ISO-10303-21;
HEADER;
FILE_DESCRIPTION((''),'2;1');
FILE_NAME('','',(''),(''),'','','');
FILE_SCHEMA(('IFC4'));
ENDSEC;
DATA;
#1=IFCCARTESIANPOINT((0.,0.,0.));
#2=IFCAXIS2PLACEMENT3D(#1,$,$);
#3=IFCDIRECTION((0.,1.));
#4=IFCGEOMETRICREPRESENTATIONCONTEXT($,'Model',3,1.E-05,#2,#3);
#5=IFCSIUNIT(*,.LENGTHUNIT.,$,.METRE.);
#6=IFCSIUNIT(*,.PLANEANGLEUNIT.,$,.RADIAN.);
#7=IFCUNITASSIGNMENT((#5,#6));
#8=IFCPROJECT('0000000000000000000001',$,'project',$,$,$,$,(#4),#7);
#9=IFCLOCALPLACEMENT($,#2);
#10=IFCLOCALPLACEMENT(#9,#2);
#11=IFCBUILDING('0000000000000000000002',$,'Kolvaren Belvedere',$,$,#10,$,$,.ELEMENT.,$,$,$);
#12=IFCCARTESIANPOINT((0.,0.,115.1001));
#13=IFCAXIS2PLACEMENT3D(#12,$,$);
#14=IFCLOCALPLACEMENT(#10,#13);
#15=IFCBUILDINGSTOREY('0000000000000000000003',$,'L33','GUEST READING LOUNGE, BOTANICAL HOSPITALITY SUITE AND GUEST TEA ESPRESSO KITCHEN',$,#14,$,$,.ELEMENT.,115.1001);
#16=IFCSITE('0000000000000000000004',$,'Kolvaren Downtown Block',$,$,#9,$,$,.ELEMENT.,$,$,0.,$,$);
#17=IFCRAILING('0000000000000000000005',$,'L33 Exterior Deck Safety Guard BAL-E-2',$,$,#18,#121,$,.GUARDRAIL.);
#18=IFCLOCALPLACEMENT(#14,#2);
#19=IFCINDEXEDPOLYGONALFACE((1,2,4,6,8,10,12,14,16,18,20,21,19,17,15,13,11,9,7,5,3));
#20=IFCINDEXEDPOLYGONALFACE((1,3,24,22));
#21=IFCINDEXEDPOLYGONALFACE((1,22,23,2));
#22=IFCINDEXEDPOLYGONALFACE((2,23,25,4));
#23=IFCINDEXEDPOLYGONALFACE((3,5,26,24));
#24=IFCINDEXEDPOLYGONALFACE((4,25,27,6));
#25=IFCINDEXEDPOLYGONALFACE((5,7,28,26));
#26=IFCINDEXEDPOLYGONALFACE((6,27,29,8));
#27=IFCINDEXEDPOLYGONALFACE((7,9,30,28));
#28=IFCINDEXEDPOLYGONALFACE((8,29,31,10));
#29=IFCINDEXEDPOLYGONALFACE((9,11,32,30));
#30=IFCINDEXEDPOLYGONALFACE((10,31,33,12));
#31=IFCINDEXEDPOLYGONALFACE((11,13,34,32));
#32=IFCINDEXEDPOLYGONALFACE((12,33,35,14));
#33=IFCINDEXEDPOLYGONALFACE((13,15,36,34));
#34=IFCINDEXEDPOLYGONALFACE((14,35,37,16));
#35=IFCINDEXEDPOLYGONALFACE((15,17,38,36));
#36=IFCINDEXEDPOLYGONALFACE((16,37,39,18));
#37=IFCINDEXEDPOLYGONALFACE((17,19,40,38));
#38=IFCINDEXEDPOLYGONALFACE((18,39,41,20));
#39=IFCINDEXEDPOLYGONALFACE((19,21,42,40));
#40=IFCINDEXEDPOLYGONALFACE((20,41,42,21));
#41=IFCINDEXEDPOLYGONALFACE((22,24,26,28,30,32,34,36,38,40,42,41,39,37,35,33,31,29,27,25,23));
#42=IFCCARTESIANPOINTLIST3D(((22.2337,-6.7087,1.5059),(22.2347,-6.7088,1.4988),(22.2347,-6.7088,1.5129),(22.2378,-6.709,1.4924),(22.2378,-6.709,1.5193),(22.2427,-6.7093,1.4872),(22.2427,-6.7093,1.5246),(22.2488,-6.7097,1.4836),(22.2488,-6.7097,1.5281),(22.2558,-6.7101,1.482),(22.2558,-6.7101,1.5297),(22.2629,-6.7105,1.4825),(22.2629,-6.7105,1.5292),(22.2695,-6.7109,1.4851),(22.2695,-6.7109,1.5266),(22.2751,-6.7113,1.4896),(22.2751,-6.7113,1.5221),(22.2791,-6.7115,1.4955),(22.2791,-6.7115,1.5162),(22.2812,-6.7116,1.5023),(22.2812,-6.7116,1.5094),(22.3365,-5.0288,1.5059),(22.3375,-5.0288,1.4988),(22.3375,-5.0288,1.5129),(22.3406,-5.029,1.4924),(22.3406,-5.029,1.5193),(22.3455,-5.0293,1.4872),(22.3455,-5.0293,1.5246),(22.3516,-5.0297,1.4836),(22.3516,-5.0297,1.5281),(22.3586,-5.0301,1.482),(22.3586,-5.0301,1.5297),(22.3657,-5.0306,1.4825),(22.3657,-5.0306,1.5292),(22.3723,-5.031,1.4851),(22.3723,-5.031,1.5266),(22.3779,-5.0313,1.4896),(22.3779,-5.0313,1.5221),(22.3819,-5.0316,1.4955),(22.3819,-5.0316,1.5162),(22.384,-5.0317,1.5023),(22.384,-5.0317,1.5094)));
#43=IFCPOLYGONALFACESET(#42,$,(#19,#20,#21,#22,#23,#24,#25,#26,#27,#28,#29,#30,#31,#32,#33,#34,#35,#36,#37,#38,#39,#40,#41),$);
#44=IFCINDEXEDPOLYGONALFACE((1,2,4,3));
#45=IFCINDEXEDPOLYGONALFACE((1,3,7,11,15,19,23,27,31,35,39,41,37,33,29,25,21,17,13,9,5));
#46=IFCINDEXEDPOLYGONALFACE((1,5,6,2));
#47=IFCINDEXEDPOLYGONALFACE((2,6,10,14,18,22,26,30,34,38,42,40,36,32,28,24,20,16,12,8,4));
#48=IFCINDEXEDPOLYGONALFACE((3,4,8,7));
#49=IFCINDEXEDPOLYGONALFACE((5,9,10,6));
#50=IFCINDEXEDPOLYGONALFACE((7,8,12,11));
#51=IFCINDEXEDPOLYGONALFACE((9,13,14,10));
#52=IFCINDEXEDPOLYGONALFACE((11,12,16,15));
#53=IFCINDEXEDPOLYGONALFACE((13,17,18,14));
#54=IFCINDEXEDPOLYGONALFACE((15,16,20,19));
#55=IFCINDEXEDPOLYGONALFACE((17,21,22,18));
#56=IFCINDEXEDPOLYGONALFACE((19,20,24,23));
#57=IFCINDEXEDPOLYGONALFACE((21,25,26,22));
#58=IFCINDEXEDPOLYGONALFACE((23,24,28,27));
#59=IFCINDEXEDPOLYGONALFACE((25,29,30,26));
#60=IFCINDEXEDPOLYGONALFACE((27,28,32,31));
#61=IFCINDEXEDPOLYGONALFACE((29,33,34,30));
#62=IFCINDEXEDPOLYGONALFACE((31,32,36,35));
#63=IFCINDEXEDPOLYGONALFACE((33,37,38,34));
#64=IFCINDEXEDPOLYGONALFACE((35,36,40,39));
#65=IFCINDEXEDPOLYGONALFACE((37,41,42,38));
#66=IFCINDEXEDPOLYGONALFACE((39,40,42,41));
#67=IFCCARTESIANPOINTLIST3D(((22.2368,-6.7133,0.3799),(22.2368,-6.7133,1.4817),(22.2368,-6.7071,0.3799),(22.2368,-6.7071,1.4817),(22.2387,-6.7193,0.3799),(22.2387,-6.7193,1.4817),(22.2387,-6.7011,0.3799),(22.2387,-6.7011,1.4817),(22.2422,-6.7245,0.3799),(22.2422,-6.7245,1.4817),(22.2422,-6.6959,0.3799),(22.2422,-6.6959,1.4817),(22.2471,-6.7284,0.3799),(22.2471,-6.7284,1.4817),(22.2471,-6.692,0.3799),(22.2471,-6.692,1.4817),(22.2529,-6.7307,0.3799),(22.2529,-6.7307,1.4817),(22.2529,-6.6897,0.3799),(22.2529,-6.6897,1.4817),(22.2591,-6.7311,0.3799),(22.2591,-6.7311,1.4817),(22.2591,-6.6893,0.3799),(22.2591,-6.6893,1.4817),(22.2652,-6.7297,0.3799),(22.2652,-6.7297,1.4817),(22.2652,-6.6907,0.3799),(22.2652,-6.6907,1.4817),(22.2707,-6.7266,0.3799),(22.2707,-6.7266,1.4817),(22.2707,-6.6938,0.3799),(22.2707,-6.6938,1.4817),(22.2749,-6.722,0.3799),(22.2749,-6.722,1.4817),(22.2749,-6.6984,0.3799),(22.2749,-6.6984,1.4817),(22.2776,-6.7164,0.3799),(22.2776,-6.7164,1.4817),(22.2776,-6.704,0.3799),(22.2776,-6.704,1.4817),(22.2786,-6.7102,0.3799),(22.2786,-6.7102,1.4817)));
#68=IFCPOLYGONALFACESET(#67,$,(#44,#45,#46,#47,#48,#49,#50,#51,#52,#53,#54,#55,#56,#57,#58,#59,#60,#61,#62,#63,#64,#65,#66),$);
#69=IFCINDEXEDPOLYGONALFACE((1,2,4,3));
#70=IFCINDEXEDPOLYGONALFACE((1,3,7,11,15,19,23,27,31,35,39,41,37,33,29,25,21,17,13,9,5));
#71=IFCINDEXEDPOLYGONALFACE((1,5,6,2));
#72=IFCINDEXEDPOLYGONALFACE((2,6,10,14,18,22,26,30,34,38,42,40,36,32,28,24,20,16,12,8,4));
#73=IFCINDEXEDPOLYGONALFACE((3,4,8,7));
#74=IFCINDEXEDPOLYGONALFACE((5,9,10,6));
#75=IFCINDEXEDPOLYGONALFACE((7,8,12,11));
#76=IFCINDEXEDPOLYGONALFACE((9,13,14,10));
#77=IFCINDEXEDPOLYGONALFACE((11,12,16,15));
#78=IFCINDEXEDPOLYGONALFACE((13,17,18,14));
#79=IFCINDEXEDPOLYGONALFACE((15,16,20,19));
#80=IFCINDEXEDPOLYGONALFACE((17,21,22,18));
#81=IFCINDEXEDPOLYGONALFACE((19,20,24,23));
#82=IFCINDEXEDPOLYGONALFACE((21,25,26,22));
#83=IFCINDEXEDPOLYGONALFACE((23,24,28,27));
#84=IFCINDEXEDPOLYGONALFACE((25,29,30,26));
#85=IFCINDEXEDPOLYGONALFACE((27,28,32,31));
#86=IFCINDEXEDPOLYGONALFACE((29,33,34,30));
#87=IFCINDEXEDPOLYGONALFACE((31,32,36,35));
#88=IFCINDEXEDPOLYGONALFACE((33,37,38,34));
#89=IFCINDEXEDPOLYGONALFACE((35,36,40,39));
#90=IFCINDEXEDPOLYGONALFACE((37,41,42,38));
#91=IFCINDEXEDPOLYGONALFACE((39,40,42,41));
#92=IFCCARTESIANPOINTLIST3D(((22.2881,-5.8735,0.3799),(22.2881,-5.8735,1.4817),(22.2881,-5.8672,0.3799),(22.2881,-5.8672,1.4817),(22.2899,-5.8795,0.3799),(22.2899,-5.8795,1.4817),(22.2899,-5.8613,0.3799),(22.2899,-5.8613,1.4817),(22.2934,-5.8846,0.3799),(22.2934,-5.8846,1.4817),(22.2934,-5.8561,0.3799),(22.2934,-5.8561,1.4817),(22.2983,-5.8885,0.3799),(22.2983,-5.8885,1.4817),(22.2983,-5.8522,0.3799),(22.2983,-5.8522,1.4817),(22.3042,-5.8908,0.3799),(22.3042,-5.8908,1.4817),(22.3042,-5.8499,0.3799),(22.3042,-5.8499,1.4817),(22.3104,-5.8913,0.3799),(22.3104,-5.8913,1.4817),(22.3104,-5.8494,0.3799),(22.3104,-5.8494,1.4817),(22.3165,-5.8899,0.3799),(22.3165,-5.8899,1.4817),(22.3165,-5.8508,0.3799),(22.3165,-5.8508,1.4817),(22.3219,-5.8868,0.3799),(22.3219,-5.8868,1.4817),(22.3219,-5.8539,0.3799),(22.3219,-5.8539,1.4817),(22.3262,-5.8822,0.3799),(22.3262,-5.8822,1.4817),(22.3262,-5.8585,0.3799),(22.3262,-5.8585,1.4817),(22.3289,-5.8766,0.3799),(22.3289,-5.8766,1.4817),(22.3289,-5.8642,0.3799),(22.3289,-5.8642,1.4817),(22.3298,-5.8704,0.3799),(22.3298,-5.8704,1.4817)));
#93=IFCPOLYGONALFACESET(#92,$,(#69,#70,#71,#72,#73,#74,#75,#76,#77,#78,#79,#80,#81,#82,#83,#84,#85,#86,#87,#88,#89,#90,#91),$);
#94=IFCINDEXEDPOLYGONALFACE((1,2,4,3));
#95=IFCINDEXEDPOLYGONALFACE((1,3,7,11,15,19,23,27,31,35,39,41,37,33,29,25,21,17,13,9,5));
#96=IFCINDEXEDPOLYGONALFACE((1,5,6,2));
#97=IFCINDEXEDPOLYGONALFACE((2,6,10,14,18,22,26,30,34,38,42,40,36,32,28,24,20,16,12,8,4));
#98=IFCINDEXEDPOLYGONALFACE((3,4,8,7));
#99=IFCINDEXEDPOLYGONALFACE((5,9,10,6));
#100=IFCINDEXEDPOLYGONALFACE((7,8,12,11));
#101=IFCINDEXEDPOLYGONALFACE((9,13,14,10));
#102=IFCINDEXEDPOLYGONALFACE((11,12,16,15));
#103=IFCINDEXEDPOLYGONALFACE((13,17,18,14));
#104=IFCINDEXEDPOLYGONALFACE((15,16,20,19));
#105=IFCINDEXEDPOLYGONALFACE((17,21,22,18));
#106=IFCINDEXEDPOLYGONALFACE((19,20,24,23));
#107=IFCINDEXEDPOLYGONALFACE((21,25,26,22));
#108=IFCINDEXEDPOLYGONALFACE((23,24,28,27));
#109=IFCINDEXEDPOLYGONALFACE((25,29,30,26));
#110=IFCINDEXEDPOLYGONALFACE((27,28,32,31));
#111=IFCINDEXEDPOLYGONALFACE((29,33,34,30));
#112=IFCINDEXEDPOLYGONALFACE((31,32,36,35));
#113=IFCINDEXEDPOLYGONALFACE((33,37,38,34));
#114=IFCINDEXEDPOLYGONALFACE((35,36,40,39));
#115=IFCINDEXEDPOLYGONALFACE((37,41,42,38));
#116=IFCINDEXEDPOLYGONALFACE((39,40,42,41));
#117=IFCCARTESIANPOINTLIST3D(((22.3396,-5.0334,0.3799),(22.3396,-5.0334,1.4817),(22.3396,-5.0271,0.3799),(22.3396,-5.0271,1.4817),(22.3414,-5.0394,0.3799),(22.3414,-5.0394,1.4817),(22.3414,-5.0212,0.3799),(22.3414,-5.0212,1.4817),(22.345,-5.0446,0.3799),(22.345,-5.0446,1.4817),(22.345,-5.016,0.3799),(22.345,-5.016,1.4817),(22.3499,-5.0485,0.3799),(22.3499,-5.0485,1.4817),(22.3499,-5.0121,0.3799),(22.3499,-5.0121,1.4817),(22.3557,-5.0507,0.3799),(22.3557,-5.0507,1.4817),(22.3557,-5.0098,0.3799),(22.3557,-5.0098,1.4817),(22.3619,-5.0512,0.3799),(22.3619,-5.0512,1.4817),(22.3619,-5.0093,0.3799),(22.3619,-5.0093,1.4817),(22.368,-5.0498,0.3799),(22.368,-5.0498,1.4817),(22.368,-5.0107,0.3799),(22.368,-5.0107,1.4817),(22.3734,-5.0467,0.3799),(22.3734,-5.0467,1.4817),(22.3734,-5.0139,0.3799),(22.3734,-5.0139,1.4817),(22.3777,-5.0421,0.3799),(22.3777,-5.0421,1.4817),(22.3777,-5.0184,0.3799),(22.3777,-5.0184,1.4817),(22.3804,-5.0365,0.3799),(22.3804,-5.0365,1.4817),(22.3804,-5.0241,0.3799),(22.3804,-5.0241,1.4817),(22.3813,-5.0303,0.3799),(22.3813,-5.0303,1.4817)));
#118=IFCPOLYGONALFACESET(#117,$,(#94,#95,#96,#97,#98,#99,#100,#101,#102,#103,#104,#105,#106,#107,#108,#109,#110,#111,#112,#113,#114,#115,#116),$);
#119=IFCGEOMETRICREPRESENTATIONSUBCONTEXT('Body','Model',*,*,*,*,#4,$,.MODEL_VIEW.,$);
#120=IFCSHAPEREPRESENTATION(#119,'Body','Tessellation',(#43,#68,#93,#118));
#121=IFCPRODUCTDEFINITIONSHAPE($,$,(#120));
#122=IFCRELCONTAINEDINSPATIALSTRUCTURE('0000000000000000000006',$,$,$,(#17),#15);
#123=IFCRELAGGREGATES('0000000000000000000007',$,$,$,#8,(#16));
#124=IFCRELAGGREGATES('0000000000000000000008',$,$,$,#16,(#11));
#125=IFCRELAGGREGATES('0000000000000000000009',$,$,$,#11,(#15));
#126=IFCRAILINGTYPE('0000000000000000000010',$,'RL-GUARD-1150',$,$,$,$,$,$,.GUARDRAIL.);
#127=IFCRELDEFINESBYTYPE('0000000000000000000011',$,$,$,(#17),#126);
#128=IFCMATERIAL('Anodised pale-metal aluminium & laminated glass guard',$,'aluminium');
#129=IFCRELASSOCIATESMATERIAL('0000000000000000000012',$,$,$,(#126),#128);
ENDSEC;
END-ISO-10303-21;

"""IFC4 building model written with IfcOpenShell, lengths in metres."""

from ifc_helpers import new_model, si_unit, direction, frame, origin, origin_2d, place, context, subcontext, project, spatial, circle, extrude, material, type_object, element, save


model = new_model("IFC4")

# Units and contexts
model_context = context("Model", 3, precision=1e-05, world=origin(), true_north=direction((0.0, 1.0)))
body_context = subcontext(model_context, "Body", "Model", "MODEL_VIEW")
ifc_project = project(units=[si_unit("LENGTHUNIT", "METRE"), si_unit("PLANEANGLEUNIT", "RADIAN")], contexts=[model_context])

# Site, building, storey
site_placement = place(None, origin())
site = spatial("IfcSite", under=ifc_project, at=site_placement, Name="Kolvaren Downtown Block", CompositionType="ELEMENT", RefElevation=0.0)
building_placement = place(site_placement, origin())
building = spatial("IfcBuilding", under=site, at=building_placement, Name="Kolvaren Belvedere", CompositionType="ELEMENT")
storey_placement = place(building_placement, frame((0.0, 0.0, 115.1001)))
storey = spatial("IfcBuildingStorey", under=building, at=storey_placement, Name="L33", Description="GUEST READING LOUNGE, BOTANICAL HOSPITALITY SUITE AND GUEST TEA ESPRESSO KITCHEN", CompositionType="ELEMENT", Elevation=115.1001)

# Railing
ifc_material_1 = material(Name="Anodised pale-metal aluminium & laminated glass guard", Category="aluminium")
railing_type = type_object("IfcRailingType", Name="RL-GUARD-1150", PredefinedType="GUARDRAIL", material=ifc_material_1)
railing_1_placement = place(storey_placement, frame((22.2576, -6.7102, 0.3799)))
element("IfcRailing", 1, at=railing_1_placement, inside=storey, type_object=railing_type, Name="L33 Exterior Deck Safety Guard BAL-E-2", PredefinedType="GUARDRAIL", context=body_context, shape_type="SweptSolid", body=[
    extrude(circle(Radius=0.0239, at=origin_2d()), frame((0.0, 0.0, 1.126), z_axis=(0.061069, 0.998134, 0.0), x_axis=(-0.998134, 0.061069, 0.0)), (0.0, 0.0, 1.0), 1.6831),
    extrude(circle(Radius=0.021, at=origin_2d()), origin(), (0.0, 0.0, 1.0), 1.1018),
    extrude(circle(Radius=0.021, at=origin_2d()), frame((0.0513, 0.8398, 0.0)), (0.0, 0.0, 1.0), 1.1018),
    extrude(circle(Radius=0.021, at=origin_2d()), frame((0.1028, 1.6799, 0.0)), (0.0, 0.0, 1.0), 1.1018),
])

save(model, "model.ifc")
